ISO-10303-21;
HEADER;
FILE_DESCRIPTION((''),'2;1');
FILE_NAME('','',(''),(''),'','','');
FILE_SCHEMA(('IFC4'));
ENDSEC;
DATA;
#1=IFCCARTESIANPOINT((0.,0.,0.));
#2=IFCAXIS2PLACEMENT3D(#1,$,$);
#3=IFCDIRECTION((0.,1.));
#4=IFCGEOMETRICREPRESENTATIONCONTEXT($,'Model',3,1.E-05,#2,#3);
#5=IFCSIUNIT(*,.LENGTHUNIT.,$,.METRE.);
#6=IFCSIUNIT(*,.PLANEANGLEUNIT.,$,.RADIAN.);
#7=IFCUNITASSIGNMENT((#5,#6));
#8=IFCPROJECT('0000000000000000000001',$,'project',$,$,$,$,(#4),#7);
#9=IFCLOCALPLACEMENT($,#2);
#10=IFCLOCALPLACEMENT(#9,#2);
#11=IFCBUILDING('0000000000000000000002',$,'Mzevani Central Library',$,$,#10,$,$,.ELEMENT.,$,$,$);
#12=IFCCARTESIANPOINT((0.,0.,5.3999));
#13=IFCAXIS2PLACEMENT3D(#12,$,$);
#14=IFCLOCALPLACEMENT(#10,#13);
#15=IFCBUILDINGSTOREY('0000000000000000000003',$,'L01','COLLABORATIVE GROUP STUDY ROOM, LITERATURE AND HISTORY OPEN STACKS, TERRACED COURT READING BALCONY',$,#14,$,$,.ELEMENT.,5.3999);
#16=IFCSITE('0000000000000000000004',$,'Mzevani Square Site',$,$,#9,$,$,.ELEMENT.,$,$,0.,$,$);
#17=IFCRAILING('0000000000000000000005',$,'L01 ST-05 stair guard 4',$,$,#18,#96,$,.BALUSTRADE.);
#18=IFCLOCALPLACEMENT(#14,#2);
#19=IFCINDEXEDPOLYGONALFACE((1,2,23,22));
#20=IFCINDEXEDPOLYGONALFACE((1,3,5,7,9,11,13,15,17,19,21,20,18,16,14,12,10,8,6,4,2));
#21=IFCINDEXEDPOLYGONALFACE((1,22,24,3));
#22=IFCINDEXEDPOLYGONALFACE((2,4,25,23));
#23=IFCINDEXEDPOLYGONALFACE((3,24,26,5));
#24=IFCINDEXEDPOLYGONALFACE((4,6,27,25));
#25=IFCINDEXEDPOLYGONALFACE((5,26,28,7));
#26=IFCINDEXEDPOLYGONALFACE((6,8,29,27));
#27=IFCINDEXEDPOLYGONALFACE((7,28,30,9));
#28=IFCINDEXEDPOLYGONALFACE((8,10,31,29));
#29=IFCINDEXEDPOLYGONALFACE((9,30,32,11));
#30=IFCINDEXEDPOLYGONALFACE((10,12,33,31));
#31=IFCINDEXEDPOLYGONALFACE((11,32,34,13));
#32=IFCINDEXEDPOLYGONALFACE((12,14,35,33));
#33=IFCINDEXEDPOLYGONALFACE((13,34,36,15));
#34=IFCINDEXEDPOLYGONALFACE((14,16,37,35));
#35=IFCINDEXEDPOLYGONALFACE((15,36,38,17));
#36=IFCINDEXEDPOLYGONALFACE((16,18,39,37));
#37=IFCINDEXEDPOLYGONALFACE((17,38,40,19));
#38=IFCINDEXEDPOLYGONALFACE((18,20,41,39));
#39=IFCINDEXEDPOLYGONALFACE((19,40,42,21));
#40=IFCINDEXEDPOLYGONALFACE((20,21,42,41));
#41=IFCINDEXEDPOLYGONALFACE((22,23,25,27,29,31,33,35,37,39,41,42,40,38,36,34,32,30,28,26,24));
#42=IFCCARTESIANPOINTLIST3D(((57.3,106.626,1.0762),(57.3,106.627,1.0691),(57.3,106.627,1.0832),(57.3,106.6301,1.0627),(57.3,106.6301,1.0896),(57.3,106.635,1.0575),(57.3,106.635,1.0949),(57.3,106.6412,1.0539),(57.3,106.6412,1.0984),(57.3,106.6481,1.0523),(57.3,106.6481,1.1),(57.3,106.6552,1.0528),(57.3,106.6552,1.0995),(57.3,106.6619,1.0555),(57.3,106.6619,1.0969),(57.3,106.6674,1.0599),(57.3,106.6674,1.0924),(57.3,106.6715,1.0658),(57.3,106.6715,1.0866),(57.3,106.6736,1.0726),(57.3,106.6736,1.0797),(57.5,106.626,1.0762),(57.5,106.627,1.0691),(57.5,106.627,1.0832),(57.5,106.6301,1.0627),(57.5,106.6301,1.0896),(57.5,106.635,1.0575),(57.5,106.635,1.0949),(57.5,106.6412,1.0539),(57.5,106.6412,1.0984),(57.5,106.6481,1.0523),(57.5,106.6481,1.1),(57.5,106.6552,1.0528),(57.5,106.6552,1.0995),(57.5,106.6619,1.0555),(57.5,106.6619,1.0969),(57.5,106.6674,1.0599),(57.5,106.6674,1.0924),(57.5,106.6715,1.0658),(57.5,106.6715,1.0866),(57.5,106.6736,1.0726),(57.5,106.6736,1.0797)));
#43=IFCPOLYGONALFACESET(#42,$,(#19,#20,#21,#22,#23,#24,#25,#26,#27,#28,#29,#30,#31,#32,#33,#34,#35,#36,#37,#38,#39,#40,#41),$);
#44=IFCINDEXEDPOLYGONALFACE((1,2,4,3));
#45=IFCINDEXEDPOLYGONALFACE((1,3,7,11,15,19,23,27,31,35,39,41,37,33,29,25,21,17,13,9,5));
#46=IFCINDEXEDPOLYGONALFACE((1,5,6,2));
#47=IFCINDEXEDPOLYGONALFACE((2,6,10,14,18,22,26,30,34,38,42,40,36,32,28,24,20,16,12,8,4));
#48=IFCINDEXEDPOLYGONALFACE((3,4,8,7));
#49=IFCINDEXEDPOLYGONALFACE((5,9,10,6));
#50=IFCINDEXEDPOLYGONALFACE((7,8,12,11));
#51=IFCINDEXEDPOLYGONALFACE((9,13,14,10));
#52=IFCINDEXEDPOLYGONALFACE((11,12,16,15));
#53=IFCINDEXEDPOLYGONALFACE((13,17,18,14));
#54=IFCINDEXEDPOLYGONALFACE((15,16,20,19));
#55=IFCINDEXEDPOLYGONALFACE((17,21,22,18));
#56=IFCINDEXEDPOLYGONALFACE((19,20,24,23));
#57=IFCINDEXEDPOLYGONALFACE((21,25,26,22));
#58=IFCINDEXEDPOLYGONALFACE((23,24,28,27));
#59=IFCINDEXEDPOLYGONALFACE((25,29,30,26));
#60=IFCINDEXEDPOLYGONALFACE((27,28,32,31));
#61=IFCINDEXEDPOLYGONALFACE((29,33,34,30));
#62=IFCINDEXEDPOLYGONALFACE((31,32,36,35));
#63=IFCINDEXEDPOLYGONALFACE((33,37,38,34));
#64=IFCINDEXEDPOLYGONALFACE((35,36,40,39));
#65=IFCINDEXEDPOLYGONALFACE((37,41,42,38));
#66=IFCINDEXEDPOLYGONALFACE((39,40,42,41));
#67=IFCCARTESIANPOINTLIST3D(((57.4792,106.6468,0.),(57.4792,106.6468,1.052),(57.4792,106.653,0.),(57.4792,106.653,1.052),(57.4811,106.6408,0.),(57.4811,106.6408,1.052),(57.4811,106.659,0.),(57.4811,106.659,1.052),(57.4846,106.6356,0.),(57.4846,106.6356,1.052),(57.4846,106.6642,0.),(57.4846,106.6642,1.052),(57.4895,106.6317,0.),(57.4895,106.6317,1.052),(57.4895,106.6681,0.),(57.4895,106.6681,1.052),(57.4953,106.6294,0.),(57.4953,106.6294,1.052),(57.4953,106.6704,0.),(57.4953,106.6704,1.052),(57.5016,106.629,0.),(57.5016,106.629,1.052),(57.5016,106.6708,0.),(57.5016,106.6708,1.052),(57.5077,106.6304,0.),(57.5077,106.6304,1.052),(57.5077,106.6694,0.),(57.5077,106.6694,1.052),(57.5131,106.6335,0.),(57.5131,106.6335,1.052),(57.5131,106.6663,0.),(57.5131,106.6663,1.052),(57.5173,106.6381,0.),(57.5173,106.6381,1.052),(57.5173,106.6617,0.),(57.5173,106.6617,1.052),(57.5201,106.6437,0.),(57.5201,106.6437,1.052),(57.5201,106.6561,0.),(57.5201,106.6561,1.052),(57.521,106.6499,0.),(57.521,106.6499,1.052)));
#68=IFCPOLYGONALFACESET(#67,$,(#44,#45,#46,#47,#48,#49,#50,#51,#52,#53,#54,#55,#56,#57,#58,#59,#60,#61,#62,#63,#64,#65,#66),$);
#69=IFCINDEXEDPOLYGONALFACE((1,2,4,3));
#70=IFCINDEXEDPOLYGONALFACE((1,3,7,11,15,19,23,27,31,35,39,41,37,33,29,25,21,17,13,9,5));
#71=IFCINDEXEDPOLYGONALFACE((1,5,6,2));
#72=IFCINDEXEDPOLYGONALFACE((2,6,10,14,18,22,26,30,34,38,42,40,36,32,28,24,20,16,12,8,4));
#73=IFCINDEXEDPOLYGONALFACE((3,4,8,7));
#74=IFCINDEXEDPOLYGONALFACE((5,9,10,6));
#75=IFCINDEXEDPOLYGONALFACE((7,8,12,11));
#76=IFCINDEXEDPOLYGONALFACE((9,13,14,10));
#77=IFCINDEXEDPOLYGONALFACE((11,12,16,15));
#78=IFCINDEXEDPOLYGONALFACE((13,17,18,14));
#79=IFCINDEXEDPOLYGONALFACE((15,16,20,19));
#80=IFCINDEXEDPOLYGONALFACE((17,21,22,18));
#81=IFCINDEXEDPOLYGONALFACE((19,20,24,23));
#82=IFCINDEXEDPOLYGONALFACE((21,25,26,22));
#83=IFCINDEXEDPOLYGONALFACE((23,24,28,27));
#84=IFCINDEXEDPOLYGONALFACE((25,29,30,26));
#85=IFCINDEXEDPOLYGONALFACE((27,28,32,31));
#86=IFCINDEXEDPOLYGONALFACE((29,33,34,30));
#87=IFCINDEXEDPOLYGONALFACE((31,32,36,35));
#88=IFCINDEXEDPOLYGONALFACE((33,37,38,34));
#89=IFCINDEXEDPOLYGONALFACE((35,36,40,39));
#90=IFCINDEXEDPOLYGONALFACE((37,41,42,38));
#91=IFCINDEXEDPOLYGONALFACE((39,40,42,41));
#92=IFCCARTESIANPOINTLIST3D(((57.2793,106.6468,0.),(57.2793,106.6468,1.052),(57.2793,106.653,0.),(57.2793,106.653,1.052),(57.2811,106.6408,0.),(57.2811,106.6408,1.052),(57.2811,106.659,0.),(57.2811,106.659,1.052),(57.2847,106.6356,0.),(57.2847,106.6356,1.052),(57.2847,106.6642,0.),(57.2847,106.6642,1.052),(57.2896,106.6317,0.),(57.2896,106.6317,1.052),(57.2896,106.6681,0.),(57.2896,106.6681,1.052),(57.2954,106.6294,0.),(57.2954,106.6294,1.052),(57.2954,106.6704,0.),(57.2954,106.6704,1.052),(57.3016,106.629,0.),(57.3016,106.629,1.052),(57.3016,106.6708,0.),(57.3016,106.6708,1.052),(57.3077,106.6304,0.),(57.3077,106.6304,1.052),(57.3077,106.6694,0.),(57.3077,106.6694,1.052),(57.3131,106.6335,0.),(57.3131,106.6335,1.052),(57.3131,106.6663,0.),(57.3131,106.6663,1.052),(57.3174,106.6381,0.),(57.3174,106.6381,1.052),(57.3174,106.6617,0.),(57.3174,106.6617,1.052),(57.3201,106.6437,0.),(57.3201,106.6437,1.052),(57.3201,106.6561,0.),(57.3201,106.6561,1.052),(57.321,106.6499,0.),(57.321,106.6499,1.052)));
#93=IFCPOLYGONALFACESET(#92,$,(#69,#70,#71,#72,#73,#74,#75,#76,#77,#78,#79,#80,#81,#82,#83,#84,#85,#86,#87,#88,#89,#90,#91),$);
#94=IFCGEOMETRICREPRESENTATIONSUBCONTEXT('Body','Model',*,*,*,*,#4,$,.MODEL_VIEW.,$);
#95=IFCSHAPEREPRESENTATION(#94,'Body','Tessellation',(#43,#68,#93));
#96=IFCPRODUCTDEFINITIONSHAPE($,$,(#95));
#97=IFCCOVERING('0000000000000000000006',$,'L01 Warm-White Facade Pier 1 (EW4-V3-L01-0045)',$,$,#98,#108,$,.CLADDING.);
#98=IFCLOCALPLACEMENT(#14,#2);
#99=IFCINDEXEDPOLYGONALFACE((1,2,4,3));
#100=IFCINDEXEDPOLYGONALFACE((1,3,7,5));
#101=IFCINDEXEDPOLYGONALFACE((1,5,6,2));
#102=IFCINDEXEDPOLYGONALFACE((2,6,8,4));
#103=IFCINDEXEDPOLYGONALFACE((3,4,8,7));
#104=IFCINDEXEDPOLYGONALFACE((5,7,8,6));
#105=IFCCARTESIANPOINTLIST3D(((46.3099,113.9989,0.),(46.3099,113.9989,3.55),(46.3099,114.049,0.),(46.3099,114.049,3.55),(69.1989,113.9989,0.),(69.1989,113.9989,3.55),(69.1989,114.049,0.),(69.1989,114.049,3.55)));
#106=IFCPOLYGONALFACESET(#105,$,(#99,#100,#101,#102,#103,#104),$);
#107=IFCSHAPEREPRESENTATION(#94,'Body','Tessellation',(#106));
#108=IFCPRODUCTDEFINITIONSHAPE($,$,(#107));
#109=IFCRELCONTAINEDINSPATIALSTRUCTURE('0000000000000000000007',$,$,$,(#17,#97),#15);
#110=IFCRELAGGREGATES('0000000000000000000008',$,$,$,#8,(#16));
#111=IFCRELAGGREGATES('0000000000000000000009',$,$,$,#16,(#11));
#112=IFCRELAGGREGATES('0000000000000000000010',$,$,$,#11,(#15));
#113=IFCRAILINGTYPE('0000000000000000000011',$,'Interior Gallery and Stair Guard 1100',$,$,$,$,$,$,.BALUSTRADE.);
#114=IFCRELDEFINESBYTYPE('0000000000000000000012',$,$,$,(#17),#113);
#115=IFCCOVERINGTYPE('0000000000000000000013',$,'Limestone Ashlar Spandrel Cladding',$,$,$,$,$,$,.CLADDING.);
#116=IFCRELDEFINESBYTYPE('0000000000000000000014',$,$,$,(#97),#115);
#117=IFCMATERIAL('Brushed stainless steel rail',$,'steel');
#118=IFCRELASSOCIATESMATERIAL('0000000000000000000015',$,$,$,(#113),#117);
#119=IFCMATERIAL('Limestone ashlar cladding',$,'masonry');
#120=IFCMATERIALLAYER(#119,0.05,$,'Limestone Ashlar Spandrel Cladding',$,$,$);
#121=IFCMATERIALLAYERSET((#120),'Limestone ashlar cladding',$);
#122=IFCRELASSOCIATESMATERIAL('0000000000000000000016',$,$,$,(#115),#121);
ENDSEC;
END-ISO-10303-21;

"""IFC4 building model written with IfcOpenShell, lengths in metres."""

from ifc_helpers import new_model, si_unit, direction, frame, origin, origin_2d, place, context, subcontext, project, spatial, rectangle, circle, extrude, material, layer, layer_set, type_object, element, save


model = new_model("IFC4")

# Units and contexts
model_context = context("Model", 3, precision=1e-05, world=origin(), true_north=direction((0.0, 1.0)))
body_context = subcontext(model_context, "Body", "Model", "MODEL_VIEW")
ifc_project = project(units=[si_unit("LENGTHUNIT", "METRE"), si_unit("PLANEANGLEUNIT", "RADIAN")], contexts=[model_context])

# Site, building, storey
site_placement = place(None, origin())
site = spatial("IfcSite", under=ifc_project, at=site_placement, Name="Mzevani Square Site", CompositionType="ELEMENT", RefElevation=0.0)
building_placement = place(site_placement, origin())
building = spatial("IfcBuilding", under=site, at=building_placement, Name="Mzevani Central Library", CompositionType="ELEMENT")
storey_placement = place(building_placement, frame((0.0, 0.0, 5.3999)))
storey = spatial("IfcBuildingStorey", under=building, at=storey_placement, Name="L01", Description="COLLABORATIVE GROUP STUDY ROOM, LITERATURE AND HISTORY OPEN STACKS, TERRACED COURT READING BALCONY", CompositionType="ELEMENT", Elevation=5.3999)

# Railing
ifc_material_1 = material(Name="Brushed stainless steel rail", Category="steel")
railing_type_1 = type_object("IfcRailingType", Name="Interior Gallery and Stair Guard 1100", PredefinedType="BALUSTRADE", material=ifc_material_1)
railing_1_placement = place(storey_placement, frame((57.5, 106.6499, 0.0)))
element("IfcRailing", 1, at=railing_1_placement, inside=storey, type_object=railing_type_1, Name="L01 ST-05 stair guard 4", PredefinedType="BALUSTRADE", context=body_context, shape_type="SweptSolid", body=[
    extrude(circle(Radius=0.0239, at=origin_2d()), frame((0.0, 0.0, 1.0762), z_axis=(-1.0, 0.0, 0.0), x_axis=(0.0, -1.0, 0.0)), (0.0, 0.0, 1.0), 0.2),
    extrude(circle(Radius=0.021, at=origin_2d()), origin(), (0.0, 0.0, 1.0), 1.052),
    extrude(circle(Radius=0.021, at=origin_2d()), frame((-0.2, 0.0, 0.0)), (0.0, 0.0, 1.0), 1.052),
])

# Covering
ifc_material_2 = material(Name="Limestone ashlar cladding", Category="masonry")
ifc_layer_1 = layer(ifc_material_2, 0.05, Name="Limestone Ashlar Spandrel Cladding")
ifc_layer_set_1 = layer_set([ifc_layer_1], Name="Limestone ashlar cladding")
covering_type = type_object("IfcCoveringType", Name="Limestone Ashlar Spandrel Cladding", PredefinedType="CLADDING", material=ifc_layer_set_1)
covering_placement = place(storey_placement, frame((57.7544, 114.0239, 0.0), z_axis=(0.0, 0.0, 1.0), x_axis=(1.0, 0.0, 0.0)))
element("IfcCovering", 2, at=covering_placement, inside=storey, type_object=covering_type, Name="L01 Warm-White Facade Pier 1 (EW4-V3-L01-0045)", PredefinedType="CLADDING", context=body_context, shape_type="SweptSolid", body=[
    extrude(rectangle(XDim=22.8889, YDim=0.05, at=origin_2d()), origin(), (0.0, 0.0, 1.0), 3.55),
])

save(model, "model.ifc")
